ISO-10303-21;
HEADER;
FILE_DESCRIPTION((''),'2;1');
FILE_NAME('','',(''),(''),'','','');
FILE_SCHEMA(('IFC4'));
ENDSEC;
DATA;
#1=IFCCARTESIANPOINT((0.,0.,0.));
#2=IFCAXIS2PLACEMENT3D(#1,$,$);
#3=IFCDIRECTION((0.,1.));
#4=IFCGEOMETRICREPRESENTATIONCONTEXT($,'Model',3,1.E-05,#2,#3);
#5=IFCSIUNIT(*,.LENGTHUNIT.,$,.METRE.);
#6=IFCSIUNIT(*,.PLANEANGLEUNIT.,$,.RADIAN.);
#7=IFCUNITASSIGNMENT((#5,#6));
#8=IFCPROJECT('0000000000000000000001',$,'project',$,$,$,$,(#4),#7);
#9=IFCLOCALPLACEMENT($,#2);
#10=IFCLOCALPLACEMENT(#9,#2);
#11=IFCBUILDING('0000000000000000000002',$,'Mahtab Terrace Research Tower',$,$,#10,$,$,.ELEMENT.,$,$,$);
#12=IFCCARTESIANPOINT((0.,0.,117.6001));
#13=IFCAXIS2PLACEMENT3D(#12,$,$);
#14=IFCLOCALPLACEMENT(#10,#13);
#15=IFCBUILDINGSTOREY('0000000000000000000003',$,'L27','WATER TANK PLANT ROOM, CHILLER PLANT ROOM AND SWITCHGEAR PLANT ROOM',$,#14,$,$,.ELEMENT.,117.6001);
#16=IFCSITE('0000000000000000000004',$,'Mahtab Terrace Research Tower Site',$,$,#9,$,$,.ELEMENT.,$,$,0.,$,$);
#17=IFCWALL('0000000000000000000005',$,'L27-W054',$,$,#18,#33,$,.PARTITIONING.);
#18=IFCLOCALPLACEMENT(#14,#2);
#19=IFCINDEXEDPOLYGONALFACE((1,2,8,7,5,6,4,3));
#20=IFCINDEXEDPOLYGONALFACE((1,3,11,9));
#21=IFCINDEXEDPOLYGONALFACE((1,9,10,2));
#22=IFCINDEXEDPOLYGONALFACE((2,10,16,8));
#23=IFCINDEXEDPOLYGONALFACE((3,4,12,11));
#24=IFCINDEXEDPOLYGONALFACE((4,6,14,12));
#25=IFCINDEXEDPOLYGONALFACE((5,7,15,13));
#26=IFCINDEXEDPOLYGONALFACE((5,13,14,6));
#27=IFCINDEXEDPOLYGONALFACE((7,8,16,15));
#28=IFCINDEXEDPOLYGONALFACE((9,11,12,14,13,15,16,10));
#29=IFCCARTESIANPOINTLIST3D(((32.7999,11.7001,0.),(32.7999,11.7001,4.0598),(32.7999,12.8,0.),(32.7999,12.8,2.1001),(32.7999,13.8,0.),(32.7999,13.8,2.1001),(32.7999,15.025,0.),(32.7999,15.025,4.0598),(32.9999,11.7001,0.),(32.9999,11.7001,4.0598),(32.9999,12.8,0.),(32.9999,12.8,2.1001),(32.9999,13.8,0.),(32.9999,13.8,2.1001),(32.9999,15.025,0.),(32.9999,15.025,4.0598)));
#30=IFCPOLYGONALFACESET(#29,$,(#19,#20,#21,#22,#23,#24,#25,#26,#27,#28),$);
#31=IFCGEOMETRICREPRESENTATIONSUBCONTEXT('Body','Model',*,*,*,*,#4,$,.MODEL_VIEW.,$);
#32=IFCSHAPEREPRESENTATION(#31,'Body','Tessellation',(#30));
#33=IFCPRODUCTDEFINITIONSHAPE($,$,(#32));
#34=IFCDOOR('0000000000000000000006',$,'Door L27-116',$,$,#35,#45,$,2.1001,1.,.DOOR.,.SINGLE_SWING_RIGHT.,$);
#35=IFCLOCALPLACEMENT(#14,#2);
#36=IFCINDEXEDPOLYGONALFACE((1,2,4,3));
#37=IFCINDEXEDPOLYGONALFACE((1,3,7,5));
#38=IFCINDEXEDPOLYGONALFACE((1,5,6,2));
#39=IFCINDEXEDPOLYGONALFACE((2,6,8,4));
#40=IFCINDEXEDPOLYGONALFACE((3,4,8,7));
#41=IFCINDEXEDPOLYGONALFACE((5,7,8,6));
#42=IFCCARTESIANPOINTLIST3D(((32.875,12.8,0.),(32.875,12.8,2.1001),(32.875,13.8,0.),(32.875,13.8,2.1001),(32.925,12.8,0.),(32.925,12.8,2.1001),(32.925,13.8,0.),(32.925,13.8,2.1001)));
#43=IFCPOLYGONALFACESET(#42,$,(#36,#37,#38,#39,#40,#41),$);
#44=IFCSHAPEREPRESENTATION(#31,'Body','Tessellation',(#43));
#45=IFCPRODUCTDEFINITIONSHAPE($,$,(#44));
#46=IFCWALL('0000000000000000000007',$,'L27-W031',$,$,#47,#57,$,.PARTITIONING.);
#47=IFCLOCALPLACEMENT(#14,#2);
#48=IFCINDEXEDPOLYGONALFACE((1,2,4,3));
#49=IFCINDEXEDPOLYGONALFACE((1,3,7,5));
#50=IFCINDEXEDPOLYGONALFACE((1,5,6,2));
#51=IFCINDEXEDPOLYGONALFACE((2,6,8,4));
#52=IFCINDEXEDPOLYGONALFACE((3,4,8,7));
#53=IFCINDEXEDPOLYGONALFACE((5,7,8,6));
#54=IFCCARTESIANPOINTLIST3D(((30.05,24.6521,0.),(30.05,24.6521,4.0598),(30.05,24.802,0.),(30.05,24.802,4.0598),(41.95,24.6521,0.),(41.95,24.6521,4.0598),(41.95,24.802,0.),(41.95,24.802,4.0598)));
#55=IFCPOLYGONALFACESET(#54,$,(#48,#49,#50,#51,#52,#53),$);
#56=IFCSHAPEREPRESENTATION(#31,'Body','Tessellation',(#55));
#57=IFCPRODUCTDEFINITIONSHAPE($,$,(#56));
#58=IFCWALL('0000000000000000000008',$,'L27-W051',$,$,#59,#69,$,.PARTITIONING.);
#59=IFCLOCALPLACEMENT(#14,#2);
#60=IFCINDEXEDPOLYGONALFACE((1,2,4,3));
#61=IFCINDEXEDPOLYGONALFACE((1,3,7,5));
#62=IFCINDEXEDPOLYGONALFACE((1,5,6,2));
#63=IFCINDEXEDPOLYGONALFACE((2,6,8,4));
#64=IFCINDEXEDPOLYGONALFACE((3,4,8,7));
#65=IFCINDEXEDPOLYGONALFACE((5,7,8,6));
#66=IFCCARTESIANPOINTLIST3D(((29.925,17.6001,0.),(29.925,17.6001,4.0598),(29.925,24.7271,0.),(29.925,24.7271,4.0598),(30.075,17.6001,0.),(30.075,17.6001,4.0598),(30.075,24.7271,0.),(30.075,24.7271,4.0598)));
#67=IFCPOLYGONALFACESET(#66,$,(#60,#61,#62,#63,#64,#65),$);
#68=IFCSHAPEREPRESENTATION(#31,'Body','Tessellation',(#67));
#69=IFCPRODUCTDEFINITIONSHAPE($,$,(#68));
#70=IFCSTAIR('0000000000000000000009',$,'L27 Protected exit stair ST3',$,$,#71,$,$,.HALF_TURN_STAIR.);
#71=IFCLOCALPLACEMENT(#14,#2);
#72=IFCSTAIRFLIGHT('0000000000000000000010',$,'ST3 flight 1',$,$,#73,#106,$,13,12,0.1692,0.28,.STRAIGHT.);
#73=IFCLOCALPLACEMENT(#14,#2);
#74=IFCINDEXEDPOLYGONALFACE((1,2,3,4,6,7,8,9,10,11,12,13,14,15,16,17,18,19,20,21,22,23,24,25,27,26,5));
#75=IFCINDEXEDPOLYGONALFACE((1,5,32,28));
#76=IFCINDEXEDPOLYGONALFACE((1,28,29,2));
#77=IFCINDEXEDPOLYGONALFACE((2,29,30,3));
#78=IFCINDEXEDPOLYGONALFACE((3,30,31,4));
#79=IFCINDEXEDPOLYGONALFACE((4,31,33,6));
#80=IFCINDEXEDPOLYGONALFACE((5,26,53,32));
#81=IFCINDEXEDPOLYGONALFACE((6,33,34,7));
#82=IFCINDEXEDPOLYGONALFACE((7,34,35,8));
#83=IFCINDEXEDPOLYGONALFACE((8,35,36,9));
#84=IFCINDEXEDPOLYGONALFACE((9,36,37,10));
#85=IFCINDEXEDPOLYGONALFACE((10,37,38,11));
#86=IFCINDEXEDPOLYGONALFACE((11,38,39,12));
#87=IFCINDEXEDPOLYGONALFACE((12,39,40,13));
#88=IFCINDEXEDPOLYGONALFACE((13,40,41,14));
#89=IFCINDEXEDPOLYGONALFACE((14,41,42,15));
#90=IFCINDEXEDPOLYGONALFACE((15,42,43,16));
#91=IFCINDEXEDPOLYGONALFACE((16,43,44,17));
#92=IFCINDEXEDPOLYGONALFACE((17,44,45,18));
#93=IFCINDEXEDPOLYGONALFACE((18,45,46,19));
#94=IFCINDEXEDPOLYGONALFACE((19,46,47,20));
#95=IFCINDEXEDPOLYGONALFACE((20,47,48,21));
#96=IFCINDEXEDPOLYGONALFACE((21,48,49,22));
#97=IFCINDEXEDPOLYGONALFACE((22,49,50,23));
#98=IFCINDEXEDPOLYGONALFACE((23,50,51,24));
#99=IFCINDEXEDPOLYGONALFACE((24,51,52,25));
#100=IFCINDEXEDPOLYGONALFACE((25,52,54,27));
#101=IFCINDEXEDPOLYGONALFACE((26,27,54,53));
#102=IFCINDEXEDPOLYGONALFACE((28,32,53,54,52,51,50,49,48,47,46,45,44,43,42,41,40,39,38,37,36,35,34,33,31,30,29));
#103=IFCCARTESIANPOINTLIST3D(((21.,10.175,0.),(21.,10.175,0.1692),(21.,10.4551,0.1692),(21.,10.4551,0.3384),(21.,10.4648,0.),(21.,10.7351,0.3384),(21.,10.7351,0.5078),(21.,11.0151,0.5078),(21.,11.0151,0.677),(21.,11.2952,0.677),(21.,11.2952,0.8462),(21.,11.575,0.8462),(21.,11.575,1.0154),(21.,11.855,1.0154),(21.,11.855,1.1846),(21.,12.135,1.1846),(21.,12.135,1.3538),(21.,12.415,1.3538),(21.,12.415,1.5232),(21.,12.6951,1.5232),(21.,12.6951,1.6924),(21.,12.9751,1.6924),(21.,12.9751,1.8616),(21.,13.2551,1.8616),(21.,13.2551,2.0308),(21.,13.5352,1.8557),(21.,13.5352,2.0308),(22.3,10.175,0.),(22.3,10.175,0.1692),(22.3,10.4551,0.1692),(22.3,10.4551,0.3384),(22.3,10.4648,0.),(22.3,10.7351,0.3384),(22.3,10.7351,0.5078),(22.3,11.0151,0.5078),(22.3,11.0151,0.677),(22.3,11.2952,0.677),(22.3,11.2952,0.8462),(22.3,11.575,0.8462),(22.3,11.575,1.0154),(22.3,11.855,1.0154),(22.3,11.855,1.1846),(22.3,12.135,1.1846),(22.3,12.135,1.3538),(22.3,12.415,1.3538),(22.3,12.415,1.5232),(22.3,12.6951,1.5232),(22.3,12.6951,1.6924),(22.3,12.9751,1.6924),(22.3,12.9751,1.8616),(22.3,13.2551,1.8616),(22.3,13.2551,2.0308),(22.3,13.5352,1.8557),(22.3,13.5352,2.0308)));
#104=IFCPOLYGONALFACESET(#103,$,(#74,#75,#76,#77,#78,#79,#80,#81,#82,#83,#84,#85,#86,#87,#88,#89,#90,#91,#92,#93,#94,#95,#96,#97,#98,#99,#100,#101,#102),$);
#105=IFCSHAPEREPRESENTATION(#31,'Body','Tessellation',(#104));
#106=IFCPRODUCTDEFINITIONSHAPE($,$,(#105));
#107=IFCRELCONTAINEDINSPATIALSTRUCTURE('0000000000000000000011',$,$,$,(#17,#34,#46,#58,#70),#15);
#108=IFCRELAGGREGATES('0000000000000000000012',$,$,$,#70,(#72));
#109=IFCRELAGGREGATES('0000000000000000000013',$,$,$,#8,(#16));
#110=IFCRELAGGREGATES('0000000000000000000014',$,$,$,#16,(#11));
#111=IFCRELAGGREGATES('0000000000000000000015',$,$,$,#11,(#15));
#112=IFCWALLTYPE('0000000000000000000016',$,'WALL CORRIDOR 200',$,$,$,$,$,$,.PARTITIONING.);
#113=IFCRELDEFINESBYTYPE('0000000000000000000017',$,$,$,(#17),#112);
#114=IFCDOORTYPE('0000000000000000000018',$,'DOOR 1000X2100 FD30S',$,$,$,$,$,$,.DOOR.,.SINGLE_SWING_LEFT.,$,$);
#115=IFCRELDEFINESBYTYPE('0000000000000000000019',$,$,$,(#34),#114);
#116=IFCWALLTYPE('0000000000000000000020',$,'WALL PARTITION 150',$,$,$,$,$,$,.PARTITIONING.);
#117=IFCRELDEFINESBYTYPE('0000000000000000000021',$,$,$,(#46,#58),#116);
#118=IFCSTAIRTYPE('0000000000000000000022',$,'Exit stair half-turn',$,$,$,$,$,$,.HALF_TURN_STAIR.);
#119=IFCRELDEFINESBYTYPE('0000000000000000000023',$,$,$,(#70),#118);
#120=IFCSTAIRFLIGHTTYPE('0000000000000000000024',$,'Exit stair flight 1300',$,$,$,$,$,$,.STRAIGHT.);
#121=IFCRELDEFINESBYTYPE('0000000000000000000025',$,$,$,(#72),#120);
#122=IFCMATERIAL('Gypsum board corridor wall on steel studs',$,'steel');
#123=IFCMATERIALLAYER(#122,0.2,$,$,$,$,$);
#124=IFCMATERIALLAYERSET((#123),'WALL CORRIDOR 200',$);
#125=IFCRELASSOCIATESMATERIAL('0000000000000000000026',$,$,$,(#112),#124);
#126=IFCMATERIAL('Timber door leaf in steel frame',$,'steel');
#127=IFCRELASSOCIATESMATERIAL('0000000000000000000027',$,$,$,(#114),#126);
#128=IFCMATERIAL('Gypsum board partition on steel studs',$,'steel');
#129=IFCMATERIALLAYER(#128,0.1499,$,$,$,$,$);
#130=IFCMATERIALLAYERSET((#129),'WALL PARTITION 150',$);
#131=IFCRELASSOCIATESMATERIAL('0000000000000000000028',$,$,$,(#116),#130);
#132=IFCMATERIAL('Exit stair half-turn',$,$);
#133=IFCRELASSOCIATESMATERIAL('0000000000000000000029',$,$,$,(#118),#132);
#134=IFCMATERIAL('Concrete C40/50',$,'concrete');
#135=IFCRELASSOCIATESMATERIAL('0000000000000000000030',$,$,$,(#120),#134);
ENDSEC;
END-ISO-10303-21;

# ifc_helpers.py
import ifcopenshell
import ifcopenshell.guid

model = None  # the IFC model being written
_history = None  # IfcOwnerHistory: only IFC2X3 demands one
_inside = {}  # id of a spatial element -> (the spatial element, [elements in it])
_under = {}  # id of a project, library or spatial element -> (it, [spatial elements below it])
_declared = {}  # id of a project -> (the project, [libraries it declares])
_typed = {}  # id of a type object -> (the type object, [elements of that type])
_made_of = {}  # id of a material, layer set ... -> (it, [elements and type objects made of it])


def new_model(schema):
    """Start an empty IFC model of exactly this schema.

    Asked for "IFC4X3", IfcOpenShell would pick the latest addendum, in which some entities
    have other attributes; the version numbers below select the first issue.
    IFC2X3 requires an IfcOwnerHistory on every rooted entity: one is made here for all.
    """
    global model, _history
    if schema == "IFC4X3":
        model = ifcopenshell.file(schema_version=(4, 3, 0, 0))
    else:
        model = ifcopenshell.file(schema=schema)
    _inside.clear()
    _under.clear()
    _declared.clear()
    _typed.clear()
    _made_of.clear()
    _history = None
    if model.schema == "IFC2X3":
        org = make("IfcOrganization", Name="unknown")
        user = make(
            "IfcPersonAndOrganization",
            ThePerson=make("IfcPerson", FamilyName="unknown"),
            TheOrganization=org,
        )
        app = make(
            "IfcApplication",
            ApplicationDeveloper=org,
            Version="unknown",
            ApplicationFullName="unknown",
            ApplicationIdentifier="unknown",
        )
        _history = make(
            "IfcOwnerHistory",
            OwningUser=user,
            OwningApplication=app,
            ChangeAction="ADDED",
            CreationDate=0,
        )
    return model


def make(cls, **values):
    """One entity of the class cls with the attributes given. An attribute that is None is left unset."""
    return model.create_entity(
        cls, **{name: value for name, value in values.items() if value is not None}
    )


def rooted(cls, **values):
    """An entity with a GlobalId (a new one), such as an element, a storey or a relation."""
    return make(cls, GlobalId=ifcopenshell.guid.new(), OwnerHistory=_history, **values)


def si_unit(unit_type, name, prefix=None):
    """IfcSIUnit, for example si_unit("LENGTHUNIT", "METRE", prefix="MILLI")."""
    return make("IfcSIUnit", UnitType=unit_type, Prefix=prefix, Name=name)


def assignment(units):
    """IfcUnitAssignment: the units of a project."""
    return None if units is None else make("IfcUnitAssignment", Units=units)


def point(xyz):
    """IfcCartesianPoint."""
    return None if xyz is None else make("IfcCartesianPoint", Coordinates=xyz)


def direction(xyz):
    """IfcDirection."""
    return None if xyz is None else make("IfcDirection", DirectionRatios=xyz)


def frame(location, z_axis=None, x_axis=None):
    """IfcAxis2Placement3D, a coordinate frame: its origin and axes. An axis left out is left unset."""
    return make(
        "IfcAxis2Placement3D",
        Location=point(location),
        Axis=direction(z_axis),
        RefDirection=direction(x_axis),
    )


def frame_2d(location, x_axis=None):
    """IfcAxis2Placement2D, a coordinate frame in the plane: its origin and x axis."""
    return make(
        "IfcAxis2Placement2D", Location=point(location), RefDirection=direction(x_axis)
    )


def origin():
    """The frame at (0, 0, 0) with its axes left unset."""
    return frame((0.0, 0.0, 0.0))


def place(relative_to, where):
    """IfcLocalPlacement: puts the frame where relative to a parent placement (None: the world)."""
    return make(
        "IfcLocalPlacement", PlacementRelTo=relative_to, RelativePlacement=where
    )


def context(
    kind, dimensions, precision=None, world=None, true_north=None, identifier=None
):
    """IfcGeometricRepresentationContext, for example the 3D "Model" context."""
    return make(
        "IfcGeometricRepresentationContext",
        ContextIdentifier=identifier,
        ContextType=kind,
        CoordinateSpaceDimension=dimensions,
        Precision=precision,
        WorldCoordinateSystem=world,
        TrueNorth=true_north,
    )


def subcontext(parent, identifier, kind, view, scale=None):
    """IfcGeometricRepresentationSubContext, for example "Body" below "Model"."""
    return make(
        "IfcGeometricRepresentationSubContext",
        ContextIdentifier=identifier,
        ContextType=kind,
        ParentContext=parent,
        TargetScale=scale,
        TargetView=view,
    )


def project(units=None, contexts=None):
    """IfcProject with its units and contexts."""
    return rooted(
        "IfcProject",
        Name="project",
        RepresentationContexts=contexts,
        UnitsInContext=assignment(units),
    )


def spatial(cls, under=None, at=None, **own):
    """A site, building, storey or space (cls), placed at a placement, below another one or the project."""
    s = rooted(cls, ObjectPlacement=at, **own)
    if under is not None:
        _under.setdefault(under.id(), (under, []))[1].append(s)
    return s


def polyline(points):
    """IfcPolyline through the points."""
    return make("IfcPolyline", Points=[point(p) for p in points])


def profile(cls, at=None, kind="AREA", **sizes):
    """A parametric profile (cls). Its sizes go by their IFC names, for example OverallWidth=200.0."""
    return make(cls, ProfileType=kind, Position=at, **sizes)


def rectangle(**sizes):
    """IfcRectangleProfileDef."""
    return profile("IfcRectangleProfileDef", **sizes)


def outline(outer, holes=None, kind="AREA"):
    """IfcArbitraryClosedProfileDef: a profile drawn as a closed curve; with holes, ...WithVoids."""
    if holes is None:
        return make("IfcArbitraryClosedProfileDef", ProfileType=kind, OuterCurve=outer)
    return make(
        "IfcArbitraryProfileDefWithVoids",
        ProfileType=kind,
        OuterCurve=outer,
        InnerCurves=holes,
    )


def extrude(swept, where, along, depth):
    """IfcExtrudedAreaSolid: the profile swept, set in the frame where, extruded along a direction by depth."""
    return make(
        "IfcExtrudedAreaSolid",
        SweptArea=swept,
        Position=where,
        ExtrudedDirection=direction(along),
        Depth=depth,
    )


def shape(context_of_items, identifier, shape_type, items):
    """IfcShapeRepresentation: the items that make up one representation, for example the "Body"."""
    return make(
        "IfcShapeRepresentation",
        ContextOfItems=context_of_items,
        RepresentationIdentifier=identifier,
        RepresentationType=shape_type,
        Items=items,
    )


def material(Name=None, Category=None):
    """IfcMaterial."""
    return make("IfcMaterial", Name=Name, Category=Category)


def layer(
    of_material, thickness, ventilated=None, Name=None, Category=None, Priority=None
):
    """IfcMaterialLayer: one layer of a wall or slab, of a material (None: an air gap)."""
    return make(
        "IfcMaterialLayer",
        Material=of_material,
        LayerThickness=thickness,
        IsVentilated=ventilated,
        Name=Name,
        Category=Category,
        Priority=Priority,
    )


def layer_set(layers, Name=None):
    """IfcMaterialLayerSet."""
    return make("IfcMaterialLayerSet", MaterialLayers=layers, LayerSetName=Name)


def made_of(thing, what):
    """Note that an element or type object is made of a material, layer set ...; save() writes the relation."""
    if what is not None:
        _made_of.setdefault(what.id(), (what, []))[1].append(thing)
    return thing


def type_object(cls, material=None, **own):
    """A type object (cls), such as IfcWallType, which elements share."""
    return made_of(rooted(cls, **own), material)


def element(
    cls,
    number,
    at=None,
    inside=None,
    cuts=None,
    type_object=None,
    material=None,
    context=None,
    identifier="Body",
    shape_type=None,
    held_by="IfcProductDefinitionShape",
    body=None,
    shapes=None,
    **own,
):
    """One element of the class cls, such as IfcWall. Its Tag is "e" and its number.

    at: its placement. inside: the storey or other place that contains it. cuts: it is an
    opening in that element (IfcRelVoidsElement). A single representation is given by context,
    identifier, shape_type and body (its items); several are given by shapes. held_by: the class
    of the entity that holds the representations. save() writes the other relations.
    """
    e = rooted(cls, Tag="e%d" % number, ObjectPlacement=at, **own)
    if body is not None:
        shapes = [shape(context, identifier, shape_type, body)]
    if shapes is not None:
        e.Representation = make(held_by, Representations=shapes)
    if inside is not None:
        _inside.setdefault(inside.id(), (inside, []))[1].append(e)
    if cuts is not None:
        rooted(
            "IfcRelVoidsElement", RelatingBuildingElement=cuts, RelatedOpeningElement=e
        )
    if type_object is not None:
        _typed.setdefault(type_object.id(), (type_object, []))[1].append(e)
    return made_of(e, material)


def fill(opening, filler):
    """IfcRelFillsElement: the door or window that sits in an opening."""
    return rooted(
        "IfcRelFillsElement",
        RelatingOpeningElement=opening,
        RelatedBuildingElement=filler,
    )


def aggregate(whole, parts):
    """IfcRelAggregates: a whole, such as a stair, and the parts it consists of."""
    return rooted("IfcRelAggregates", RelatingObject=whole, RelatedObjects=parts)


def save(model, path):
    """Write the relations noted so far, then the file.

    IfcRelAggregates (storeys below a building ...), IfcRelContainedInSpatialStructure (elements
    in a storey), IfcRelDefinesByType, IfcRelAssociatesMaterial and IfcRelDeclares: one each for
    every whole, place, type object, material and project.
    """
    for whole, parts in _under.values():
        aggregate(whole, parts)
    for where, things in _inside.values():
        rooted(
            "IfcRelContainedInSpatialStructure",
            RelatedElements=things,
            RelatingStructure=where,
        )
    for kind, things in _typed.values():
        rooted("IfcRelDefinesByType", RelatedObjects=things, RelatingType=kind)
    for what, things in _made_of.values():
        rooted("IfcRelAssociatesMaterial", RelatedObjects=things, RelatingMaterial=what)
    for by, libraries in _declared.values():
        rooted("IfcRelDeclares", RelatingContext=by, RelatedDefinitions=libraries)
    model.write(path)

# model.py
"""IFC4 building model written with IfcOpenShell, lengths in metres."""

from ifc_helpers import new_model, si_unit, direction, frame, frame_2d, origin, place, context, subcontext, project, spatial, polyline, rectangle, outline, extrude, material, layer, layer_set, type_object, element, fill, aggregate, save


model = new_model("IFC4")

# Units and contexts
model_context = context("Model", 3, precision=1e-05, world=origin(), true_north=direction((0.0, 1.0)))
body_context = subcontext(model_context, "Body", "Model", "MODEL_VIEW")
ifc_project = project(units=[si_unit("LENGTHUNIT", "METRE"), si_unit("PLANEANGLEUNIT", "RADIAN")], contexts=[model_context])

# Site, building, storey
site_placement = place(None, origin())
site = spatial("IfcSite", under=ifc_project, at=site_placement, Name="Mahtab Terrace Research Tower Site", CompositionType="ELEMENT", RefElevation=0.0)
building_placement = place(site_placement, origin())
building = spatial("IfcBuilding", under=site, at=building_placement, Name="Mahtab Terrace Research Tower", CompositionType="ELEMENT")
storey_placement = place(building_placement, frame((0.0, 0.0, 117.6001)))
storey = spatial("IfcBuildingStorey", under=building, at=storey_placement, Name="L27", Description="WATER TANK PLANT ROOM, CHILLER PLANT ROOM AND SWITCHGEAR PLANT ROOM", CompositionType="ELEMENT", Elevation=117.6001)

# Shared definitions
ifc_material_1 = material(Name="Gypsum board corridor wall on steel studs", Category="steel")
ifc_layer_1 = layer(ifc_material_1, 0.2)
ifc_layer_set_1 = layer_set([ifc_layer_1], Name="WALL CORRIDOR 200")
wall_type_1 = type_object("IfcWallType", Name="WALL CORRIDOR 200", PredefinedType="PARTITIONING", material=ifc_layer_set_1)

# Wall, opening, door
wall_1_placement = place(storey_placement, frame((32.8999, 11.7, 0.0), z_axis=(0.0, 0.0, 1.0), x_axis=(0.0, 1.0, 0.0)))
wall_1 = element("IfcWall", 1, at=wall_1_placement, inside=storey, type_object=wall_type_1, Name="L27-W054", PredefinedType="PARTITIONING", context=body_context, shape_type="SweptSolid", body=[
    extrude(rectangle(XDim=3.325, YDim=0.2, at=frame_2d((1.6626, 0.0))), origin(), (0.0, 0.0, 1.0), 4.0598),
])
opening_1_placement = place(wall_1_placement, frame((1.1001, 0.0, 0.0)))
opening_1 = element("IfcOpeningElement", 2, at=opening_1_placement, cuts=wall_1, PredefinedType="OPENING", context=body_context, shape_type="SweptSolid", body=[
    extrude(rectangle(XDim=1.0, YDim=2.1001, at=frame_2d((0.5, 1.05))), frame((0.0, 0.1099, 0.0), z_axis=(0.0, -1.0, 0.0), x_axis=(1.0, 0.0, 0.0)), (0.0, 0.0, 1.0), 0.22),
])
ifc_material_2 = material(Name="Timber door leaf in steel frame", Category="steel")
door_type_1 = type_object("IfcDoorType", Name="DOOR 1000X2100 FD30S", OperationType="SINGLE_SWING_LEFT", PredefinedType="DOOR", material=ifc_material_2)
door_1_placement = place(opening_1_placement, origin())
door_1 = element("IfcDoor", 3, at=door_1_placement, inside=storey, type_object=door_type_1, Name="Door L27-116", OperationType="SINGLE_SWING_RIGHT", OverallHeight=2.1001, OverallWidth=1.0, PredefinedType="DOOR", context=body_context, shape_type="SweptSolid", body=[
    extrude(rectangle(XDim=1.0, YDim=2.1001, at=frame_2d((0.5, 1.05))), frame((0.0, 0.0249, 0.0), z_axis=(0.0, -1.0, 0.0), x_axis=(1.0, 0.0, 0.0)), (0.0, 0.0, 1.0), 0.05),
])
fill(opening_1, door_1)

# Walls
ifc_material_3 = material(Name="Gypsum board partition on steel studs", Category="steel")
ifc_layer_2 = layer(ifc_material_3, 0.1499)
ifc_layer_set_2 = layer_set([ifc_layer_2], Name="WALL PARTITION 150")
wall_type_2 = type_object("IfcWallType", Name="WALL PARTITION 150", PredefinedType="PARTITIONING", material=ifc_layer_set_2)
wall_2_placement = place(storey_placement, frame((30.05, 24.7271, 0.0), z_axis=(0.0, 0.0, 1.0), x_axis=(1.0, 0.0, 0.0)))
element("IfcWall", 4, at=wall_2_placement, inside=storey, type_object=wall_type_2, Name="L27-W031", PredefinedType="PARTITIONING", context=body_context, shape_type="SweptSolid", body=[
    extrude(rectangle(XDim=11.8999, YDim=0.1499, at=frame_2d((5.95, 0.0))), origin(), (0.0, 0.0, 1.0), 4.0598),
])
wall_3_placement = place(storey_placement, frame((30.0, 17.6001, 0.0), z_axis=(0.0, 0.0, 1.0), x_axis=(0.0, 1.0, 0.0)))
element("IfcWall", 5, at=wall_3_placement, inside=storey, type_object=wall_type_2, Name="L27-W051", PredefinedType="PARTITIONING", context=body_context, shape_type="SweptSolid", body=[
    extrude(rectangle(XDim=7.127, YDim=0.1499, at=frame_2d((3.5635, 0.0))), origin(), (0.0, 0.0, 1.0), 4.0598),
])

# Stair, stair flight
ifc_material_4 = material(Name="Exit stair half-turn")
stair_type = type_object("IfcStairType", Name="Exit stair half-turn", PredefinedType="HALF_TURN_STAIR", material=ifc_material_4)
stair_placement = place(storey_placement, origin())
stair = element("IfcStair", 6, at=stair_placement, inside=storey, type_object=stair_type, Name="L27 Protected exit stair ST3", PredefinedType="HALF_TURN_STAIR")
ifc_material_5 = material(Name="Concrete C40/50", Category="concrete")
stair_flight_type = type_object("IfcStairFlightType", Name="Exit stair flight 1300", PredefinedType="STRAIGHT", material=ifc_material_5)
stair_flight_placement = place(storey_placement, frame((21.6499, 10.175, 0.0), z_axis=(0.0, 0.0, 1.0), x_axis=(0.0, 1.0, 0.0)))
stair_flight = element("IfcStairFlight", 7, at=stair_flight_placement, type_object=stair_flight_type, Name="ST3 flight 1", NumberOfRisers=13, NumberOfTreads=12, PredefinedType="STRAIGHT", RiserHeight=0.1692, TreadLength=0.28, context=body_context, shape_type="SweptSolid", body=[
    extrude(outline(polyline([(0.0, 0.0), (0.0, 0.1692), (0.28, 0.1692), (0.28, 0.3384), (0.5601, 0.3384), (0.5601, 0.5078), (0.8401, 0.5078), (0.8401, 0.677), (1.1201, 0.677), (1.1201, 0.8462), (1.3999, 0.8462), (1.3999, 1.0154), (1.6799, 1.0154), (1.6799, 1.1846), (1.96, 1.1846), (1.96, 1.3538), (2.24, 1.3538), (2.24, 1.5232), (2.52, 1.5232), (2.52, 1.6924), (2.8, 1.6924), (2.8, 1.8616), (3.0801, 1.8616), (3.0801, 2.0308), (3.3601, 2.0308), (3.3601, 2.2), (3.3601, 1.8557), (0.2898, 0.0), (0.0, 0.0)])), frame((0.0, 0.6499, 0.0), z_axis=(0.0, -1.0, 0.0), x_axis=(1.0, 0.0, 0.0)), (0.0, 0.0, 1.0), 1.3),
])
aggregate(stair, [stair_flight])

save(model, "model.ifc")
